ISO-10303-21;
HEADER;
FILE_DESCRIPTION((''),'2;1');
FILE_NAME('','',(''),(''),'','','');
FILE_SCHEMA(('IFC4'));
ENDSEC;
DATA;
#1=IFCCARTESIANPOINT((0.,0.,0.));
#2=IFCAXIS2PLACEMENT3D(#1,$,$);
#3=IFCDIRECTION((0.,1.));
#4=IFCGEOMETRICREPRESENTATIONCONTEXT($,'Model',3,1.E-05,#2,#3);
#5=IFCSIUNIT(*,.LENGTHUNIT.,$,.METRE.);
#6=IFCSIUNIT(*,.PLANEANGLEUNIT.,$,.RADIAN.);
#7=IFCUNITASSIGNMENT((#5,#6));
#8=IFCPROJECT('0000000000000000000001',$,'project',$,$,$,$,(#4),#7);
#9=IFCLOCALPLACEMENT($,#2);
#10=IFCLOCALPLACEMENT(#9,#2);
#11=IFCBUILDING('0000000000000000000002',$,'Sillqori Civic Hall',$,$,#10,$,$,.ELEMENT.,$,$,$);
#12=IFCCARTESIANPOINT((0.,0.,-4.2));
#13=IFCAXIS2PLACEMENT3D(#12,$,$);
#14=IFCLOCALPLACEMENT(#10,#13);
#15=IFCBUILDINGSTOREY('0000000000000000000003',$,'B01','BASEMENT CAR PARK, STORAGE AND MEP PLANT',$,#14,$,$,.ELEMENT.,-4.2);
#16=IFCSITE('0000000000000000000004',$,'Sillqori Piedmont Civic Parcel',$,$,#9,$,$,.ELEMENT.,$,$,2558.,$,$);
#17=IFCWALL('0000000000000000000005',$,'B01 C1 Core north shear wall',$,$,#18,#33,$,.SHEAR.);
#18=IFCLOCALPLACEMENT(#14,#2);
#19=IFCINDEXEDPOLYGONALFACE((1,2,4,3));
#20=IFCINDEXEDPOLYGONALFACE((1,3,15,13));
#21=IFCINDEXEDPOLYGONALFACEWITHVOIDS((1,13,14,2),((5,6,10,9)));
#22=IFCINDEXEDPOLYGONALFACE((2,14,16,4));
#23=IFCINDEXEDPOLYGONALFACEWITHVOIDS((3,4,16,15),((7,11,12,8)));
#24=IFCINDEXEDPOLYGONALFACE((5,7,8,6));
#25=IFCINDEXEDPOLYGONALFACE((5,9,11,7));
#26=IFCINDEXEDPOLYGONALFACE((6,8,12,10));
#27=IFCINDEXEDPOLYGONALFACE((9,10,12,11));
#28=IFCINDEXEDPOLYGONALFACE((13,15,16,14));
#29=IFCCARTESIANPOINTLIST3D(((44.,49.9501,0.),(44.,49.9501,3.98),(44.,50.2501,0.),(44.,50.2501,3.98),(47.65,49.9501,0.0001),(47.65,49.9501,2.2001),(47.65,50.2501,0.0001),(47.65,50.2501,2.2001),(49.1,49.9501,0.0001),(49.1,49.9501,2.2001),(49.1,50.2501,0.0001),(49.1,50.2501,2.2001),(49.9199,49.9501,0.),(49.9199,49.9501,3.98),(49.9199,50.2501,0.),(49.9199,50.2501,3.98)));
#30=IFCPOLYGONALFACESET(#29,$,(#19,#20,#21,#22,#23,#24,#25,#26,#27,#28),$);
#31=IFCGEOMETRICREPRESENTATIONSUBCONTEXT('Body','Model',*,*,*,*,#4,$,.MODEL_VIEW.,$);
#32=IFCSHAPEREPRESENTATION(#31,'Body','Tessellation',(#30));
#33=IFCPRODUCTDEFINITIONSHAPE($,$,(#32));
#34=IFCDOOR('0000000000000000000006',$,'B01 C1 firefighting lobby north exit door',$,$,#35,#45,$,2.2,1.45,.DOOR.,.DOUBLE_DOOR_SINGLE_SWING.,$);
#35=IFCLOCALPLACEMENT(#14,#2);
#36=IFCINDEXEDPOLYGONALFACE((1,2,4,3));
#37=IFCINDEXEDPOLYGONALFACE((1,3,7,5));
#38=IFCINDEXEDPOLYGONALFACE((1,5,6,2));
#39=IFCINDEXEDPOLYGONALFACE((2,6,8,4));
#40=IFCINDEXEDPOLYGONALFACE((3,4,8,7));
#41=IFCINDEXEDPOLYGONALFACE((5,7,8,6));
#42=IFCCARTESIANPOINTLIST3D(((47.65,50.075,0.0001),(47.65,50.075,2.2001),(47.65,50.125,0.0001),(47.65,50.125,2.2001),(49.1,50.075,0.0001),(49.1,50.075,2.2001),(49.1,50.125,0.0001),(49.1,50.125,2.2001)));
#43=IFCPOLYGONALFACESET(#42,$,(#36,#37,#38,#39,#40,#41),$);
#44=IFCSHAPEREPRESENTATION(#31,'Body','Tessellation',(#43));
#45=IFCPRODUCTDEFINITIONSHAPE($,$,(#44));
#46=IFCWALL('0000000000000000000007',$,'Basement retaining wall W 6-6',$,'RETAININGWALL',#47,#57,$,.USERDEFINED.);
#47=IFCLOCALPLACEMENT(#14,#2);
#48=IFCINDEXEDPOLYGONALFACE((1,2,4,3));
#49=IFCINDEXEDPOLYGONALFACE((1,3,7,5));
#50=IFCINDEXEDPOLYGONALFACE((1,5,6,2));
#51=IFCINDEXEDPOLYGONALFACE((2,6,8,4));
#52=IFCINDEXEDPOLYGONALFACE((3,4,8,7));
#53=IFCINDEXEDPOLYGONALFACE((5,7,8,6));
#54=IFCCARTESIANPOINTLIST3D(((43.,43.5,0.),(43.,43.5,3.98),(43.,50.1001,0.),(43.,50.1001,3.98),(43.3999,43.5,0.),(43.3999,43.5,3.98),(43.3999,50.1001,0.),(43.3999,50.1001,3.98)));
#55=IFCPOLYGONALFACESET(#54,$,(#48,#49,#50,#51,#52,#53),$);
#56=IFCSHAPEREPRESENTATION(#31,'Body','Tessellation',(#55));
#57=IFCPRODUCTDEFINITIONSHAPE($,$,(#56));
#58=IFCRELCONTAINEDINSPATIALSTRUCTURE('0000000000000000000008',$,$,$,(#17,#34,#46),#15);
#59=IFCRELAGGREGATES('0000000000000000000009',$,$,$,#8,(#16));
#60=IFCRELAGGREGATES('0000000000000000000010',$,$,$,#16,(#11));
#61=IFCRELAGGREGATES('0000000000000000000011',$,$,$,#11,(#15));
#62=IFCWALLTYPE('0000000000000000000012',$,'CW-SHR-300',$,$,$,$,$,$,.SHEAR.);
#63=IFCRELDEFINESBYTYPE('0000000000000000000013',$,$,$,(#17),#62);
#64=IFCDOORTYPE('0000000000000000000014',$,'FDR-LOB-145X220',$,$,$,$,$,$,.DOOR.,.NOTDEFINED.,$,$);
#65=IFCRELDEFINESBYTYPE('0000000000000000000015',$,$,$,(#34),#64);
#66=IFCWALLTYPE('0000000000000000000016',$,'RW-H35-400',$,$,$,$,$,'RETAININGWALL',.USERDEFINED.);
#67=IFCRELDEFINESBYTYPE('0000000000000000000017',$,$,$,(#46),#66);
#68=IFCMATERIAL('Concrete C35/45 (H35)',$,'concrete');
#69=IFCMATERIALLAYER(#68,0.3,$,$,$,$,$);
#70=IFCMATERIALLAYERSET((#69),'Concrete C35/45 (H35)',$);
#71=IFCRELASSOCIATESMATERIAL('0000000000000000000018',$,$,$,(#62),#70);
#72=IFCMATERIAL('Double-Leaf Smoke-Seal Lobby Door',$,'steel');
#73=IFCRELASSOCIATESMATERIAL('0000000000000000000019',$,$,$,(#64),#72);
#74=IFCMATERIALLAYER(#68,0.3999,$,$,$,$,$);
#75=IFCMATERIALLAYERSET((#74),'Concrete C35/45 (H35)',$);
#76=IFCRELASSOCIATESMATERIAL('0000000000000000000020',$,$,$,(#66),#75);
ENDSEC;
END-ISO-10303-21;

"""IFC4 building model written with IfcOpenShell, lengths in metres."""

from ifc_helpers import new_model, si_unit, direction, frame, frame_2d, origin, place, context, subcontext, project, spatial, rectangle, extrude, material, layer, layer_set, type_object, element, fill, save


model = new_model("IFC4")

# Units and contexts
model_context = context("Model", 3, precision=1e-05, world=origin(), true_north=direction((0.0, 1.0)))
body_context = subcontext(model_context, "Body", "Model", "MODEL_VIEW")
ifc_project = project(units=[si_unit("LENGTHUNIT", "METRE"), si_unit("PLANEANGLEUNIT", "RADIAN")], contexts=[model_context])

# Site, building, storey
site_placement = place(None, origin())
site = spatial("IfcSite", under=ifc_project, at=site_placement, Name="Sillqori Piedmont Civic Parcel", CompositionType="ELEMENT", RefElevation=2558.0)
building_placement = place(site_placement, origin())
building = spatial("IfcBuilding", under=site, at=building_placement, Name="Sillqori Civic Hall", CompositionType="ELEMENT")
storey_placement = place(building_placement, frame((0.0, 0.0, -4.2)))
storey = spatial("IfcBuildingStorey", under=building, at=storey_placement, Name="B01", Description="BASEMENT CAR PARK, STORAGE AND MEP PLANT", CompositionType="ELEMENT", Elevation=-4.2)

# Shared definitions
ifc_material_1 = material(Name="Concrete C35/45 (H35)", Category="concrete")

# Shared definitions
ifc_layer_1 = layer(ifc_material_1, 0.3)
ifc_layer_set_1 = layer_set([ifc_layer_1], Name="Concrete C35/45 (H35)")
wall_type_1 = type_object("IfcWallType", Name="CW-SHR-300", PredefinedType="SHEAR", material=ifc_layer_set_1)

# Wall, opening, door
wall_1_placement = place(storey_placement, frame((44.0, 50.1001, 0.0), z_axis=(0.0, 0.0, 1.0), x_axis=(1.0, 0.0, 0.0)))
wall_1 = element("IfcWall", 1, at=wall_1_placement, inside=storey, type_object=wall_type_1, Name="B01 C1 Core north shear wall", PredefinedType="SHEAR", context=body_context, shape_type="SweptSolid", body=[
    extrude(rectangle(XDim=5.9199, YDim=0.3, at=frame_2d((2.96, 0.0))), origin(), (0.0, 0.0, 1.0), 3.98),
])
opening_1_placement = place(wall_1_placement, frame((3.6499, 0.0, 0.0)))
opening_1 = element("IfcOpeningElement", 2, at=opening_1_placement, cuts=wall_1, PredefinedType="OPENING", context=body_context, shape_type="SweptSolid", body=[
    extrude(rectangle(XDim=1.45, YDim=2.2, at=frame_2d((0.7251, 1.1001))), frame((0.0, 0.1599, 0.0), z_axis=(0.0, -1.0, 0.0), x_axis=(1.0, 0.0, 0.0)), (0.0, 0.0, 1.0), 0.3201),
])
ifc_material_2 = material(Name="Double-Leaf Smoke-Seal Lobby Door", Category="steel")
door_type_1 = type_object("IfcDoorType", Name="FDR-LOB-145X220", OperationType="NOTDEFINED", PredefinedType="DOOR", material=ifc_material_2)
door_1_placement = place(opening_1_placement, origin())
door_1 = element("IfcDoor", 3, at=door_1_placement, inside=storey, type_object=door_type_1, Name="B01 C1 firefighting lobby north exit door", OperationType="DOUBLE_DOOR_SINGLE_SWING", OverallHeight=2.2, OverallWidth=1.45, PredefinedType="DOOR", context=body_context, shape_type="SweptSolid", body=[
    extrude(rectangle(XDim=1.45, YDim=2.2, at=frame_2d((0.7251, 1.1001))), frame((0.0, 0.0249, 0.0), z_axis=(0.0, -1.0, 0.0), x_axis=(1.0, 0.0, 0.0)), (0.0, 0.0, 1.0), 0.05),
])
fill(opening_1, door_1)

# Wall
ifc_layer_2 = layer(ifc_material_1, 0.3999)
ifc_layer_set_2 = layer_set([ifc_layer_2], Name="Concrete C35/45 (H35)")
wall_type_2 = type_object("IfcWallType", Name="RW-H35-400", ElementType="RETAININGWALL", PredefinedType="USERDEFINED", material=ifc_layer_set_2)
wall_2_placement = place(storey_placement, frame((43.2, 43.5, 0.0), z_axis=(0.0, 0.0, 1.0), x_axis=(0.0, 1.0, 0.0)))
element("IfcWall", 4, at=wall_2_placement, inside=storey, type_object=wall_type_2, Name="Basement retaining wall W 6-6", ObjectType="RETAININGWALL", PredefinedType="USERDEFINED", context=body_context, shape_type="SweptSolid", body=[
    extrude(rectangle(XDim=6.6001, YDim=0.3999, at=frame_2d((3.3, 0.0))), origin(), (0.0, 0.0, 1.0), 3.98),
])

save(model, "model.ifc")
